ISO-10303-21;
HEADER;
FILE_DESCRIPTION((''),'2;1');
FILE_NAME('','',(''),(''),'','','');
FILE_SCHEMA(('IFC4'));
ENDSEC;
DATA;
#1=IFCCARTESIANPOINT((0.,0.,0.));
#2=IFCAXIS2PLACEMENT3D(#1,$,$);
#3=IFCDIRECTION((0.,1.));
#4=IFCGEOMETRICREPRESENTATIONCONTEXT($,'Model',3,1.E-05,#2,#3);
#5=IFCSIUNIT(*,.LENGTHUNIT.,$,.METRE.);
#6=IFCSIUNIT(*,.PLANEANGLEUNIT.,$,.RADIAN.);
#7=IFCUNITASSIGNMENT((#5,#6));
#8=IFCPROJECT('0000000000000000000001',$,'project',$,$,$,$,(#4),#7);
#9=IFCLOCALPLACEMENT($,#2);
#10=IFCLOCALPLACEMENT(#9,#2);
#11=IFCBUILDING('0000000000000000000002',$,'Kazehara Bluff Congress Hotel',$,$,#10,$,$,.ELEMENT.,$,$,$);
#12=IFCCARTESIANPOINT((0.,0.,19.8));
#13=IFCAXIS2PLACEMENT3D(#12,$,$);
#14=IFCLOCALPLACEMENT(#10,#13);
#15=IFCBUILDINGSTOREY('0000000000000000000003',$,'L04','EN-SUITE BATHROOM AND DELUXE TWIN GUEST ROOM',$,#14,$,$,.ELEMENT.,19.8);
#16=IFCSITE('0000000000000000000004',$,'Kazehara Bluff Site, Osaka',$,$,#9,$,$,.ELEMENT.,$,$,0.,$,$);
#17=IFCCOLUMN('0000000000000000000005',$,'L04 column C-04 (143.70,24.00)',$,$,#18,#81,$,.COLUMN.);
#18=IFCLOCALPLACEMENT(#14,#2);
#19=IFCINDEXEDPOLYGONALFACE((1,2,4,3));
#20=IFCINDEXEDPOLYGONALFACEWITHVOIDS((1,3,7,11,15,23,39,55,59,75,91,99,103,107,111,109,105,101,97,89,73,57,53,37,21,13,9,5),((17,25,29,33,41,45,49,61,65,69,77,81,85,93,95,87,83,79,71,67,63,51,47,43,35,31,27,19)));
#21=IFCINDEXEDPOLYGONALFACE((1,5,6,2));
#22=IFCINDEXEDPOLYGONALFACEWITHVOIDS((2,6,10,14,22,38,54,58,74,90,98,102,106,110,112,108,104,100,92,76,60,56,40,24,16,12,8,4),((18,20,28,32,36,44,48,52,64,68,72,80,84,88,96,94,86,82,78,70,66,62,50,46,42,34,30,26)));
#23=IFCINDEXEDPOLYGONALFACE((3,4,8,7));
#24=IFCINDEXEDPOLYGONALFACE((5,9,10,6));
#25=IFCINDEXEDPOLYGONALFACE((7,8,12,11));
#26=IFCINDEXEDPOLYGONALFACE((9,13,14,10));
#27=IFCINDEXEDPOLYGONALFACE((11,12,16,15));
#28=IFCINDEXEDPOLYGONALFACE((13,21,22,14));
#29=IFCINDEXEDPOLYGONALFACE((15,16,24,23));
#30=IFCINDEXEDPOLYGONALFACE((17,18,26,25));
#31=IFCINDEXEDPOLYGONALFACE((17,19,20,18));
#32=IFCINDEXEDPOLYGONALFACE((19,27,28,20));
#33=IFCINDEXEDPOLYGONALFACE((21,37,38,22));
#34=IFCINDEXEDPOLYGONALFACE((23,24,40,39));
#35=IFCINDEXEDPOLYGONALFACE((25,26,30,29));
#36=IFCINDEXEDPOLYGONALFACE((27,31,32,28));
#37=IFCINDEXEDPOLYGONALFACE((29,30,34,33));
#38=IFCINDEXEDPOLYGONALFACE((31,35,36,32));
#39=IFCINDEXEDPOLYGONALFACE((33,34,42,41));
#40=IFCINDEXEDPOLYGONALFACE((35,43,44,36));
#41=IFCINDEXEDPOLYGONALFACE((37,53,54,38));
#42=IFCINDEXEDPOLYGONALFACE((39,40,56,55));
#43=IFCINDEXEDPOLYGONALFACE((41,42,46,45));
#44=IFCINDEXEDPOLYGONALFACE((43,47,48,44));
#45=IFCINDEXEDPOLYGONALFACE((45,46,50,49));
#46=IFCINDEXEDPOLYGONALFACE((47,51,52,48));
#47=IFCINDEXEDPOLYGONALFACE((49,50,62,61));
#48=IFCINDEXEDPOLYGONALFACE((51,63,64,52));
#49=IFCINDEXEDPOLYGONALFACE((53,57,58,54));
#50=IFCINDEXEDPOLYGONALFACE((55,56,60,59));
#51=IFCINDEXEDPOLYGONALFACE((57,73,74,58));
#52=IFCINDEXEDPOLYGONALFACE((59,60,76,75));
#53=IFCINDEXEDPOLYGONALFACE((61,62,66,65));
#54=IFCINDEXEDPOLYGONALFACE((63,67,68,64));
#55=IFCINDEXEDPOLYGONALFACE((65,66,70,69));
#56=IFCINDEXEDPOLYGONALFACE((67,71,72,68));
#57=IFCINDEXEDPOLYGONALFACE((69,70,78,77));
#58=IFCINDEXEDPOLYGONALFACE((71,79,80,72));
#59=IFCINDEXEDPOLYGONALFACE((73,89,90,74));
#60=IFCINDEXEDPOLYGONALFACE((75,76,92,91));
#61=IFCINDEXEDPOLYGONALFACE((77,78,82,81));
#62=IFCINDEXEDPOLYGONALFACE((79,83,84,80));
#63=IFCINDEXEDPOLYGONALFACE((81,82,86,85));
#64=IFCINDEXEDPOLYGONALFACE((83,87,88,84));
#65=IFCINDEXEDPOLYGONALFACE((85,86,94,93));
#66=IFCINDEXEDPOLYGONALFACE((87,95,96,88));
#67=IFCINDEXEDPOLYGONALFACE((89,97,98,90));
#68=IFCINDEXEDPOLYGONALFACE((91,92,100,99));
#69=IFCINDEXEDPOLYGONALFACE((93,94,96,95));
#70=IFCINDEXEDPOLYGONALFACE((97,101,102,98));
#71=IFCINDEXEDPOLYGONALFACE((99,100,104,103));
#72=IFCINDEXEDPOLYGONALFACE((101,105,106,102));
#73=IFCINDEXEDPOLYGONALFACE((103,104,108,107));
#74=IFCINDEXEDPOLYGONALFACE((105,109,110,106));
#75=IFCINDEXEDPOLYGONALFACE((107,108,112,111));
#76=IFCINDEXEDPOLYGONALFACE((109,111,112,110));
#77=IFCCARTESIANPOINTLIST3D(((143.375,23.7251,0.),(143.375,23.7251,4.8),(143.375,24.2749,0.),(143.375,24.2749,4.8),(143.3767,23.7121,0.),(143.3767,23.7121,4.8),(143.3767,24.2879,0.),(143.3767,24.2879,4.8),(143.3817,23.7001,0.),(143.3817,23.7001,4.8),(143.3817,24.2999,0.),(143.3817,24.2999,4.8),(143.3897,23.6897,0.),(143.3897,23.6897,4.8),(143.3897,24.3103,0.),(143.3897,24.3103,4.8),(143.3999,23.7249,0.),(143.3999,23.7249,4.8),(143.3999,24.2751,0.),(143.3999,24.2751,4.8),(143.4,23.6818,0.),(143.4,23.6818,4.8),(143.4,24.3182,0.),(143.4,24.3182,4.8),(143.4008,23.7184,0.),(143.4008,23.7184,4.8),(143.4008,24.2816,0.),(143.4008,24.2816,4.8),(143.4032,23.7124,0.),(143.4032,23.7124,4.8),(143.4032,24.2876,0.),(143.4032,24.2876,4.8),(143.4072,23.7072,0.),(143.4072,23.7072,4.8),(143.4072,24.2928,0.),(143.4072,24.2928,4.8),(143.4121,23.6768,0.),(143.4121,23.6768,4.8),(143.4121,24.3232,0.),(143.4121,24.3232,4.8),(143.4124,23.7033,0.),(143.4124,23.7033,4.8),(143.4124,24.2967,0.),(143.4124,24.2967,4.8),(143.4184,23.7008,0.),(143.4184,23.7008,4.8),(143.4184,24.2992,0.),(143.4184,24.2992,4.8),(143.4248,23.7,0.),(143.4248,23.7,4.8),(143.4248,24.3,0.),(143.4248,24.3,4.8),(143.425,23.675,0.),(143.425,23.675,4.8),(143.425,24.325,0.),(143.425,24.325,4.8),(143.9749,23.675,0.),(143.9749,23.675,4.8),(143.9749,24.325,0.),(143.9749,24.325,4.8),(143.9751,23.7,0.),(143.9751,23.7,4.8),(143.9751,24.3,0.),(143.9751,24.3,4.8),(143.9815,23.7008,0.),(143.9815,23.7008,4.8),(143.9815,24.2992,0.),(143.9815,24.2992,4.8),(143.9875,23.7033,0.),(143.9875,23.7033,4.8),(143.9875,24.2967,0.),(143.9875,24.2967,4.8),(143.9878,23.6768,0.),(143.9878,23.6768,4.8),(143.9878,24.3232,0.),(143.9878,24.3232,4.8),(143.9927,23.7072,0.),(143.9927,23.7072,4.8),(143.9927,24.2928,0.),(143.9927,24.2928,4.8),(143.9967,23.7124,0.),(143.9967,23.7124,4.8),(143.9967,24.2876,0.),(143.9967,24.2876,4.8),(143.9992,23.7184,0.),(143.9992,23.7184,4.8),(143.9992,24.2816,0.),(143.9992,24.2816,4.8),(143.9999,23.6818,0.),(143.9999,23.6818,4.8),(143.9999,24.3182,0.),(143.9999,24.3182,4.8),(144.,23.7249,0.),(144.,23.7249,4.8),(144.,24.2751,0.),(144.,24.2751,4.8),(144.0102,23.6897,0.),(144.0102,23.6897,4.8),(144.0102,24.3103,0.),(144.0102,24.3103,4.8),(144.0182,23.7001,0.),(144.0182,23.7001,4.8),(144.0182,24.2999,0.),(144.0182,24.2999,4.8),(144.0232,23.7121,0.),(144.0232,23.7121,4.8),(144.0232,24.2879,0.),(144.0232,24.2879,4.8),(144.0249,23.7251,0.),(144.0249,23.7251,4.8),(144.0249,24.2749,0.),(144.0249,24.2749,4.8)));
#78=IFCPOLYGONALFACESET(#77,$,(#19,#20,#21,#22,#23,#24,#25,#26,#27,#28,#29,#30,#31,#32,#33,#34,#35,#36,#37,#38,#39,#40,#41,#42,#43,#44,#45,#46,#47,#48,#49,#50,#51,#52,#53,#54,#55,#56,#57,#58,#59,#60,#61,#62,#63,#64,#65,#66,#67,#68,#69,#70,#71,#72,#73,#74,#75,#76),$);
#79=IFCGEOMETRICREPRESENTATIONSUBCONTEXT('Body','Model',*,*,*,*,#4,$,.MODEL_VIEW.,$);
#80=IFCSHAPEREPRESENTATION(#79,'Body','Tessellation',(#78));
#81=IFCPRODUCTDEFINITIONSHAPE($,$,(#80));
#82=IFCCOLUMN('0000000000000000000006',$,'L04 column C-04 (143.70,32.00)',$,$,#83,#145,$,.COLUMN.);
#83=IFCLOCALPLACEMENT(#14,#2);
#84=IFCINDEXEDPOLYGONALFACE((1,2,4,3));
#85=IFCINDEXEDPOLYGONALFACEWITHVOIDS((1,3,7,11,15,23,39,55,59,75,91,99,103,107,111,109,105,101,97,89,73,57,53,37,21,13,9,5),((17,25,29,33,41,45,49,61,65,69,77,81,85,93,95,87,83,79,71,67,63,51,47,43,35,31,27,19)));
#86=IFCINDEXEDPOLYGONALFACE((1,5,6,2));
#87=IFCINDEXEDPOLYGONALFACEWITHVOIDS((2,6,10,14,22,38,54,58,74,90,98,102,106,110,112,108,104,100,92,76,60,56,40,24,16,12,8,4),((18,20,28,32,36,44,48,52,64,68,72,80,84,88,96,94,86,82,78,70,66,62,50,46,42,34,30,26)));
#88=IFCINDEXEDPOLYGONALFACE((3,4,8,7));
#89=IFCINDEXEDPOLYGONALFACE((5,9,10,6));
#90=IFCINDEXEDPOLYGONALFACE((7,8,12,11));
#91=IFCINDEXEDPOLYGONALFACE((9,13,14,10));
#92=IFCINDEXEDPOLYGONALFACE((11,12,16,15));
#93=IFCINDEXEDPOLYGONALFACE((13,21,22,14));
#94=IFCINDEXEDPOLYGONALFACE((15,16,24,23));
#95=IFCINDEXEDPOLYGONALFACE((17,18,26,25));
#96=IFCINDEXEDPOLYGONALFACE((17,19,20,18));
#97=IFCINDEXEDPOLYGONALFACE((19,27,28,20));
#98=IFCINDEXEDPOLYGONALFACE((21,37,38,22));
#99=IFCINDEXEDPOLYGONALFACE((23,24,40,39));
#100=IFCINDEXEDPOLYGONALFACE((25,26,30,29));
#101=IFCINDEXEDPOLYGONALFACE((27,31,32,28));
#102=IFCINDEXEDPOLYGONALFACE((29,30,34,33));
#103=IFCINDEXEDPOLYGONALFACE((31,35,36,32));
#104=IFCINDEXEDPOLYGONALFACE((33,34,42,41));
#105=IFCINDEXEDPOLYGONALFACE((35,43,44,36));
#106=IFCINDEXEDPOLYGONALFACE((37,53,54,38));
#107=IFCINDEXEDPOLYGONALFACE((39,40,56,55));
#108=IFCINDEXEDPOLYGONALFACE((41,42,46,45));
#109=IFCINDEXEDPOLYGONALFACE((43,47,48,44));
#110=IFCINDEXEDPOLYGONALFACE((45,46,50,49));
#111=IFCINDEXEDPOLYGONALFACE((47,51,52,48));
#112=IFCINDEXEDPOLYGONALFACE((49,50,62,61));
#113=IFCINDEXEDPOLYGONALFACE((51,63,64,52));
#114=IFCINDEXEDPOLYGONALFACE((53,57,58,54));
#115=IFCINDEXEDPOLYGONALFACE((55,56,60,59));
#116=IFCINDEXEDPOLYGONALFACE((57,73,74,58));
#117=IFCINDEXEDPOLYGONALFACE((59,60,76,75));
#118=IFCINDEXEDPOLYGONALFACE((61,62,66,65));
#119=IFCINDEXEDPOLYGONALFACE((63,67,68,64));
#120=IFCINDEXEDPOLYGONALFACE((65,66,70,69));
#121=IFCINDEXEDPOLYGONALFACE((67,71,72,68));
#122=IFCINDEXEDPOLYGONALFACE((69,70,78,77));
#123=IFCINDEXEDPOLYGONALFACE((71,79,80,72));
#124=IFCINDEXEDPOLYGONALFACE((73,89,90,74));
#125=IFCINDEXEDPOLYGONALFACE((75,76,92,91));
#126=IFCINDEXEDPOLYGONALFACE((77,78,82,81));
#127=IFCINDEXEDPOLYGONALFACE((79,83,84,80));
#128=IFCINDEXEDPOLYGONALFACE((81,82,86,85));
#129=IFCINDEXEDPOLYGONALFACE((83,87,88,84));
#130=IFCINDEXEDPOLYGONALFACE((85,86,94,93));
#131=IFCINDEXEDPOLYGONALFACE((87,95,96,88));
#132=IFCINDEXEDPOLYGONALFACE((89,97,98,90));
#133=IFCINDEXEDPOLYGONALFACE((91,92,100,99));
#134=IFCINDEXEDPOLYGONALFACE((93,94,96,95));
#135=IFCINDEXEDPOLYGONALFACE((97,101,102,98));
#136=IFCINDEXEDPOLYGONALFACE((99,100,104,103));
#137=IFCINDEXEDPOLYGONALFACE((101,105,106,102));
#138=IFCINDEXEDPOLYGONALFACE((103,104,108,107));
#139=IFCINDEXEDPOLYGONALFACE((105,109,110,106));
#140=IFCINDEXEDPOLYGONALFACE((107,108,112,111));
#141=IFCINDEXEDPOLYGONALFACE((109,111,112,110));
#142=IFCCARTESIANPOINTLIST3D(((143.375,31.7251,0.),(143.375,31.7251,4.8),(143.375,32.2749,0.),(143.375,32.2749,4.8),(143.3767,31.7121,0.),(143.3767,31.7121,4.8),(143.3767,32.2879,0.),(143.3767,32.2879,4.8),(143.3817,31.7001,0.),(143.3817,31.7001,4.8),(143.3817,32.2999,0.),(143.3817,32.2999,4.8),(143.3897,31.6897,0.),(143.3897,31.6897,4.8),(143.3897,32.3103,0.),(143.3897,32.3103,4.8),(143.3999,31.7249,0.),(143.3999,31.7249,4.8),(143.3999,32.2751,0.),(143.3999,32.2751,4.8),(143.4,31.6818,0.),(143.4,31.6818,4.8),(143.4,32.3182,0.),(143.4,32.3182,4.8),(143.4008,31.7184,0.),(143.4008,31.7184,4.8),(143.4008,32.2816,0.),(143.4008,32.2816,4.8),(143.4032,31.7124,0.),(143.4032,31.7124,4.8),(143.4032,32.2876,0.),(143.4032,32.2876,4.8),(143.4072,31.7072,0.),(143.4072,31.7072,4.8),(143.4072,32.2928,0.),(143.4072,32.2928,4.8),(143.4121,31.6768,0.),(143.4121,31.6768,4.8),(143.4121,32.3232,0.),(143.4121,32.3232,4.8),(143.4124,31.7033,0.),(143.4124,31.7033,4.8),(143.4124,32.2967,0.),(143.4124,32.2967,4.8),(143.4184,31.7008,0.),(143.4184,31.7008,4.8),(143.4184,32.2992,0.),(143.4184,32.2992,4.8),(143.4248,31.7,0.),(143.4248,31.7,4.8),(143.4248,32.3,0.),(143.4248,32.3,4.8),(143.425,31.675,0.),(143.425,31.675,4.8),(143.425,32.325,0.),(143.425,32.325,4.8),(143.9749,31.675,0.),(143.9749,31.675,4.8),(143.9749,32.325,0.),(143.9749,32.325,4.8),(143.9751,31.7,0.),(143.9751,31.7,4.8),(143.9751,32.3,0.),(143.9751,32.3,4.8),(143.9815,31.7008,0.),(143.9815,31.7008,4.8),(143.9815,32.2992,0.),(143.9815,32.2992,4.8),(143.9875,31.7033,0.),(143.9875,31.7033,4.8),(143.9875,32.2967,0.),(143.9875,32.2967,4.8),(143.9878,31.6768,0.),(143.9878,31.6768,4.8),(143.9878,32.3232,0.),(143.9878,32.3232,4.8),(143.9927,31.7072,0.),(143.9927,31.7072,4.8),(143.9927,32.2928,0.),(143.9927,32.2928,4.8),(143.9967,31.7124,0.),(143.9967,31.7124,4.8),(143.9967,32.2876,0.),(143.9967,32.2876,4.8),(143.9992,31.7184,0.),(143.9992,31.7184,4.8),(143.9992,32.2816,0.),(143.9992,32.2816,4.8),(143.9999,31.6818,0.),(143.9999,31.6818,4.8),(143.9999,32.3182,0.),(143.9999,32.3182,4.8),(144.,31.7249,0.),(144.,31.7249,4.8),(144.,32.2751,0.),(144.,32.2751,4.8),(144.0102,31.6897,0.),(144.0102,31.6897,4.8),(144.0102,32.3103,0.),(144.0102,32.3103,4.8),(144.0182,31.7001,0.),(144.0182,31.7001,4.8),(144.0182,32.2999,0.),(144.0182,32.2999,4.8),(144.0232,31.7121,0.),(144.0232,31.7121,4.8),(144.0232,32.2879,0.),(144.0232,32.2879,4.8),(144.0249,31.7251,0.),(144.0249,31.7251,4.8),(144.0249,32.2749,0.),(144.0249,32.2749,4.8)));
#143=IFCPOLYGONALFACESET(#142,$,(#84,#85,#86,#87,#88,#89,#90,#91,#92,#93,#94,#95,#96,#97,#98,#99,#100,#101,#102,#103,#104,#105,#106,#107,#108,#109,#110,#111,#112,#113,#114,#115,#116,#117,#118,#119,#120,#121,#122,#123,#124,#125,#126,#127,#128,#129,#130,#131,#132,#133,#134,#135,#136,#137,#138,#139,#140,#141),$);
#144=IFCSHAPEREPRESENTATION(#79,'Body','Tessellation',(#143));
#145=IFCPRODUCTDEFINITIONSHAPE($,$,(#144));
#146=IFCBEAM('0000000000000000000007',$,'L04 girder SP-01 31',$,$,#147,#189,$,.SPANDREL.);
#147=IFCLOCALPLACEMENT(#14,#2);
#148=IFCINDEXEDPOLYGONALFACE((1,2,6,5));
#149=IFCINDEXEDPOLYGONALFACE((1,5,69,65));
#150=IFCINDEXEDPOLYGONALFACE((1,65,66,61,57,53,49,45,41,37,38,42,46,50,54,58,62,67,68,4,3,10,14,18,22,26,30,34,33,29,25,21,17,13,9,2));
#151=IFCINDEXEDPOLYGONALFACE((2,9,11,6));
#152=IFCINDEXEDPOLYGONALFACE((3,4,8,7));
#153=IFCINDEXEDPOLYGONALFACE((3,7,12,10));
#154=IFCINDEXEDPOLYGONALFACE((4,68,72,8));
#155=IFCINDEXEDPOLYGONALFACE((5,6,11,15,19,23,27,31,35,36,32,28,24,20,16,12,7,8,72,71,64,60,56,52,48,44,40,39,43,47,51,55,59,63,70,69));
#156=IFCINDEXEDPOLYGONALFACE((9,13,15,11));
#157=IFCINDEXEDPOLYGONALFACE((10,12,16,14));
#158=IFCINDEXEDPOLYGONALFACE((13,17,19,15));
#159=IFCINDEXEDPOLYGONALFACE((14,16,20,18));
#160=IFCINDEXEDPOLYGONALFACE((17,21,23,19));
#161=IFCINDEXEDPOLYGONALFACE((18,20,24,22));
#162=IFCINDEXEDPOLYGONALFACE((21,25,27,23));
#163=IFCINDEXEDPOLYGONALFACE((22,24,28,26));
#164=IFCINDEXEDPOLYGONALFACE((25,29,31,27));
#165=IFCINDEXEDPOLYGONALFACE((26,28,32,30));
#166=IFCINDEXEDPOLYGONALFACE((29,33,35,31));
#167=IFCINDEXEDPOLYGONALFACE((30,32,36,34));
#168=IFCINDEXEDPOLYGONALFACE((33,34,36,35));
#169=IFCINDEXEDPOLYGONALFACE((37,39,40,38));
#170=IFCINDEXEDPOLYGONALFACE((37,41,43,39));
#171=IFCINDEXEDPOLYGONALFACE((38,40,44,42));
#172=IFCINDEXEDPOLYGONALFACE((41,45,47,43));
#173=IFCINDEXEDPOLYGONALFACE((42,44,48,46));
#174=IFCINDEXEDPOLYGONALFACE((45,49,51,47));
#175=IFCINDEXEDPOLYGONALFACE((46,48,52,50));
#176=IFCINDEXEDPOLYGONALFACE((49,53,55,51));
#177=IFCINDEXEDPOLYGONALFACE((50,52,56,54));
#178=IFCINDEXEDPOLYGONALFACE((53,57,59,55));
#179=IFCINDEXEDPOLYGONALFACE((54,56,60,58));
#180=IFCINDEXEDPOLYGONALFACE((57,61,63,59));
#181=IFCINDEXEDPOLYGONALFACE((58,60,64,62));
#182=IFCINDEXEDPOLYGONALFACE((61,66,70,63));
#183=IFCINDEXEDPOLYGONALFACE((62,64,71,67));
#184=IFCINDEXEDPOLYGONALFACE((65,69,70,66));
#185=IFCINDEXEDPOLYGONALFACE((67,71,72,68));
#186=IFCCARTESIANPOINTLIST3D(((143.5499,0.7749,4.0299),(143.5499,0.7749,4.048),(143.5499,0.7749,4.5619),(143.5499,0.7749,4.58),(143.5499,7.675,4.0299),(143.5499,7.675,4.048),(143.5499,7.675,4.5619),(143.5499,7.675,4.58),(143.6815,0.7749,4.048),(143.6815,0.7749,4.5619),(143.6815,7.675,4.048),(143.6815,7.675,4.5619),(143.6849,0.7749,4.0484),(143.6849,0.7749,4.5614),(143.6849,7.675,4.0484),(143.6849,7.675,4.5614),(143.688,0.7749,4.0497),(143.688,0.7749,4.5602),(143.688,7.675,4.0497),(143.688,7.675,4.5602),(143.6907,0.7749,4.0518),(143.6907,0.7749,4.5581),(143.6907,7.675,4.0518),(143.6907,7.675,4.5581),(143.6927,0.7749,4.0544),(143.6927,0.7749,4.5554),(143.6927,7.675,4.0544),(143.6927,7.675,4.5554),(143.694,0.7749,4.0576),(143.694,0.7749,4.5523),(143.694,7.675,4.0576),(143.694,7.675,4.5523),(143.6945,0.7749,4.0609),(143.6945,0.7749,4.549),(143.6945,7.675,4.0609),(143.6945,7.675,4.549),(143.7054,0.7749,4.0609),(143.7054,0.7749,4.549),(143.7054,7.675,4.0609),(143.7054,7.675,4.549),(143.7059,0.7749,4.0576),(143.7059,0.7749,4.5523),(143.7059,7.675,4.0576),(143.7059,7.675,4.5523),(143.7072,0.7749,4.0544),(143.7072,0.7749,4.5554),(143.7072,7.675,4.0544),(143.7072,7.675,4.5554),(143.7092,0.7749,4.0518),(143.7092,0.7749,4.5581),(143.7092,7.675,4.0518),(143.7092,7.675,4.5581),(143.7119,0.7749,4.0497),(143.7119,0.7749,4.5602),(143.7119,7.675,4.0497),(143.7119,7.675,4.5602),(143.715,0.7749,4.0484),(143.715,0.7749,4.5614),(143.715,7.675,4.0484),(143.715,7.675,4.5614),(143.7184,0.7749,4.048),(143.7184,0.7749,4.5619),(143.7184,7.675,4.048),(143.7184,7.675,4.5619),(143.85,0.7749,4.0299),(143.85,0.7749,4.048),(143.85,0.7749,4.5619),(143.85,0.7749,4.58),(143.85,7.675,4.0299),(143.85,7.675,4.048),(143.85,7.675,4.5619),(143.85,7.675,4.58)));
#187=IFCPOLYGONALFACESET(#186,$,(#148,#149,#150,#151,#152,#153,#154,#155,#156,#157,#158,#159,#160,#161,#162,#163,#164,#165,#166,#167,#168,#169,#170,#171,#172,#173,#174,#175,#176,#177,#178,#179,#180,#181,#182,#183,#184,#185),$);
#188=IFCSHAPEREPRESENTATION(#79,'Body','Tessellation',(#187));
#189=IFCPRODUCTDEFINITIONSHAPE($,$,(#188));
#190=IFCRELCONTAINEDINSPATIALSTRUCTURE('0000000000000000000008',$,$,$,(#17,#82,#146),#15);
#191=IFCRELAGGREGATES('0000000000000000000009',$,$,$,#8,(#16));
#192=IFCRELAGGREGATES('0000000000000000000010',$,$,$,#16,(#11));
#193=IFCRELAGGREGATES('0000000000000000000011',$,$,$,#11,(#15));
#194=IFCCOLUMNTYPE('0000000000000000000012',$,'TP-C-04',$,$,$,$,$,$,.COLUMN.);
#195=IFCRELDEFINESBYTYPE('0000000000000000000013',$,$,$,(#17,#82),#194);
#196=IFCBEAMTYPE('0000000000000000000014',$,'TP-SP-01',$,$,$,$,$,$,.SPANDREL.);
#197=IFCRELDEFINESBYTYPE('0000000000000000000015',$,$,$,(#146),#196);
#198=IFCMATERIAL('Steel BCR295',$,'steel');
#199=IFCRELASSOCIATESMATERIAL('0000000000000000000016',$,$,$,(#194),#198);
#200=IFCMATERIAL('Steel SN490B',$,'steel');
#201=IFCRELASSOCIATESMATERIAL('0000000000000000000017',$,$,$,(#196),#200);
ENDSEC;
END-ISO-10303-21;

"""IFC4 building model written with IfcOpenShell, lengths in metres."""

from ifc_helpers import new_model, si_unit, direction, frame, origin, origin_2d, place, context, subcontext, project, spatial, hollow_rectangle, i_section, extrude, material, material_profile, profile_set, type_object, element, save


model = new_model("IFC4")

# Units and contexts
model_context = context("Model", 3, precision=1e-05, world=origin(), true_north=direction((0.0, 1.0)))
body_context = subcontext(model_context, "Body", "Model", "MODEL_VIEW")
ifc_project = project(units=[si_unit("LENGTHUNIT", "METRE"), si_unit("PLANEANGLEUNIT", "RADIAN")], contexts=[model_context])

# Site, building, storey
site_placement = place(None, origin())
site = spatial("IfcSite", under=ifc_project, at=site_placement, Name="Kazehara Bluff Site, Osaka", CompositionType="ELEMENT", RefElevation=0.0)
building_placement = place(site_placement, origin())
building = spatial("IfcBuilding", under=site, at=building_placement, Name="Kazehara Bluff Congress Hotel", CompositionType="ELEMENT")
storey_placement = place(building_placement, frame((0.0, 0.0, 19.8)))
storey = spatial("IfcBuildingStorey", under=building, at=storey_placement, Name="L04", Description="EN-SUITE BATHROOM AND DELUXE TWIN GUEST ROOM", CompositionType="ELEMENT", Elevation=19.8)

# Columns
ifc_material_1 = material(Name="Steel BCR295", Category="steel")
ifc_material_profile_1 = material_profile(ifc_material_1, hollow_rectangle(XDim=0.6499, YDim=0.6499, WallThickness=0.0249, InnerFilletRadius=0.0249, OuterFilletRadius=0.05, at=origin_2d()))
ifc_profile_set_1 = profile_set([ifc_material_profile_1], Name="Steel BCR295")
column_type = type_object("IfcColumnType", Name="TP-C-04", PredefinedType="COLUMN", material=ifc_profile_set_1)
for number, where, z_axis, x_axis, name in (
    (1, (143.7, 24.0, 0.0), (0.0, 0.0, 1.0), (1.0, 0.0, 0.0), "L04 column C-04 (143.70,24.00)"),
    (2, (143.7, 32.0, 0.0), (0.0, 0.0, 1.0), (1.0, 0.0, 0.0), "L04 column C-04 (143.70,32.00)"),
):
    element("IfcColumn", number, at=place(storey_placement, frame(where, z_axis=z_axis, x_axis=x_axis)), inside=storey, type_object=column_type, Name=name, PredefinedType="COLUMN", context=body_context, shape_type="SweptSolid", body=[
        extrude(hollow_rectangle(XDim=0.6499, YDim=0.6499, WallThickness=0.0249, InnerFilletRadius=0.0249, OuterFilletRadius=0.05, at=origin_2d()), origin(), (0.0, 0.0, 1.0), 4.8),
    ])

# Beam
ifc_material_2 = material(Name="Steel SN490B", Category="steel")
ifc_material_profile_2 = material_profile(ifc_material_2, i_section(OverallWidth=0.3, OverallDepth=0.55, WebThickness=0.011, FlangeThickness=0.0181, FilletRadius=0.0129, at=origin_2d()))
ifc_profile_set_2 = profile_set([ifc_material_profile_2], Name="Steel SN490B")
beam_type = type_object("IfcBeamType", Name="TP-SP-01", PredefinedType="SPANDREL", material=ifc_profile_set_2)
beam_placement = place(storey_placement, frame((143.7, 0.7749, 4.3049), z_axis=(0.0, 1.0, 0.0), x_axis=(-1.0, 0.0, 0.0)))
element("IfcBeam", 3, at=beam_placement, inside=storey, type_object=beam_type, Name="L04 girder SP-01 31", PredefinedType="SPANDREL", context=body_context, shape_type="SweptSolid", body=[
    extrude(i_section(OverallWidth=0.3, OverallDepth=0.55, WebThickness=0.011, FlangeThickness=0.0181, FilletRadius=0.0129, at=origin_2d()), origin(), (0.0, 0.0, 1.0), 6.9001),
])

save(model, "model.ifc")
